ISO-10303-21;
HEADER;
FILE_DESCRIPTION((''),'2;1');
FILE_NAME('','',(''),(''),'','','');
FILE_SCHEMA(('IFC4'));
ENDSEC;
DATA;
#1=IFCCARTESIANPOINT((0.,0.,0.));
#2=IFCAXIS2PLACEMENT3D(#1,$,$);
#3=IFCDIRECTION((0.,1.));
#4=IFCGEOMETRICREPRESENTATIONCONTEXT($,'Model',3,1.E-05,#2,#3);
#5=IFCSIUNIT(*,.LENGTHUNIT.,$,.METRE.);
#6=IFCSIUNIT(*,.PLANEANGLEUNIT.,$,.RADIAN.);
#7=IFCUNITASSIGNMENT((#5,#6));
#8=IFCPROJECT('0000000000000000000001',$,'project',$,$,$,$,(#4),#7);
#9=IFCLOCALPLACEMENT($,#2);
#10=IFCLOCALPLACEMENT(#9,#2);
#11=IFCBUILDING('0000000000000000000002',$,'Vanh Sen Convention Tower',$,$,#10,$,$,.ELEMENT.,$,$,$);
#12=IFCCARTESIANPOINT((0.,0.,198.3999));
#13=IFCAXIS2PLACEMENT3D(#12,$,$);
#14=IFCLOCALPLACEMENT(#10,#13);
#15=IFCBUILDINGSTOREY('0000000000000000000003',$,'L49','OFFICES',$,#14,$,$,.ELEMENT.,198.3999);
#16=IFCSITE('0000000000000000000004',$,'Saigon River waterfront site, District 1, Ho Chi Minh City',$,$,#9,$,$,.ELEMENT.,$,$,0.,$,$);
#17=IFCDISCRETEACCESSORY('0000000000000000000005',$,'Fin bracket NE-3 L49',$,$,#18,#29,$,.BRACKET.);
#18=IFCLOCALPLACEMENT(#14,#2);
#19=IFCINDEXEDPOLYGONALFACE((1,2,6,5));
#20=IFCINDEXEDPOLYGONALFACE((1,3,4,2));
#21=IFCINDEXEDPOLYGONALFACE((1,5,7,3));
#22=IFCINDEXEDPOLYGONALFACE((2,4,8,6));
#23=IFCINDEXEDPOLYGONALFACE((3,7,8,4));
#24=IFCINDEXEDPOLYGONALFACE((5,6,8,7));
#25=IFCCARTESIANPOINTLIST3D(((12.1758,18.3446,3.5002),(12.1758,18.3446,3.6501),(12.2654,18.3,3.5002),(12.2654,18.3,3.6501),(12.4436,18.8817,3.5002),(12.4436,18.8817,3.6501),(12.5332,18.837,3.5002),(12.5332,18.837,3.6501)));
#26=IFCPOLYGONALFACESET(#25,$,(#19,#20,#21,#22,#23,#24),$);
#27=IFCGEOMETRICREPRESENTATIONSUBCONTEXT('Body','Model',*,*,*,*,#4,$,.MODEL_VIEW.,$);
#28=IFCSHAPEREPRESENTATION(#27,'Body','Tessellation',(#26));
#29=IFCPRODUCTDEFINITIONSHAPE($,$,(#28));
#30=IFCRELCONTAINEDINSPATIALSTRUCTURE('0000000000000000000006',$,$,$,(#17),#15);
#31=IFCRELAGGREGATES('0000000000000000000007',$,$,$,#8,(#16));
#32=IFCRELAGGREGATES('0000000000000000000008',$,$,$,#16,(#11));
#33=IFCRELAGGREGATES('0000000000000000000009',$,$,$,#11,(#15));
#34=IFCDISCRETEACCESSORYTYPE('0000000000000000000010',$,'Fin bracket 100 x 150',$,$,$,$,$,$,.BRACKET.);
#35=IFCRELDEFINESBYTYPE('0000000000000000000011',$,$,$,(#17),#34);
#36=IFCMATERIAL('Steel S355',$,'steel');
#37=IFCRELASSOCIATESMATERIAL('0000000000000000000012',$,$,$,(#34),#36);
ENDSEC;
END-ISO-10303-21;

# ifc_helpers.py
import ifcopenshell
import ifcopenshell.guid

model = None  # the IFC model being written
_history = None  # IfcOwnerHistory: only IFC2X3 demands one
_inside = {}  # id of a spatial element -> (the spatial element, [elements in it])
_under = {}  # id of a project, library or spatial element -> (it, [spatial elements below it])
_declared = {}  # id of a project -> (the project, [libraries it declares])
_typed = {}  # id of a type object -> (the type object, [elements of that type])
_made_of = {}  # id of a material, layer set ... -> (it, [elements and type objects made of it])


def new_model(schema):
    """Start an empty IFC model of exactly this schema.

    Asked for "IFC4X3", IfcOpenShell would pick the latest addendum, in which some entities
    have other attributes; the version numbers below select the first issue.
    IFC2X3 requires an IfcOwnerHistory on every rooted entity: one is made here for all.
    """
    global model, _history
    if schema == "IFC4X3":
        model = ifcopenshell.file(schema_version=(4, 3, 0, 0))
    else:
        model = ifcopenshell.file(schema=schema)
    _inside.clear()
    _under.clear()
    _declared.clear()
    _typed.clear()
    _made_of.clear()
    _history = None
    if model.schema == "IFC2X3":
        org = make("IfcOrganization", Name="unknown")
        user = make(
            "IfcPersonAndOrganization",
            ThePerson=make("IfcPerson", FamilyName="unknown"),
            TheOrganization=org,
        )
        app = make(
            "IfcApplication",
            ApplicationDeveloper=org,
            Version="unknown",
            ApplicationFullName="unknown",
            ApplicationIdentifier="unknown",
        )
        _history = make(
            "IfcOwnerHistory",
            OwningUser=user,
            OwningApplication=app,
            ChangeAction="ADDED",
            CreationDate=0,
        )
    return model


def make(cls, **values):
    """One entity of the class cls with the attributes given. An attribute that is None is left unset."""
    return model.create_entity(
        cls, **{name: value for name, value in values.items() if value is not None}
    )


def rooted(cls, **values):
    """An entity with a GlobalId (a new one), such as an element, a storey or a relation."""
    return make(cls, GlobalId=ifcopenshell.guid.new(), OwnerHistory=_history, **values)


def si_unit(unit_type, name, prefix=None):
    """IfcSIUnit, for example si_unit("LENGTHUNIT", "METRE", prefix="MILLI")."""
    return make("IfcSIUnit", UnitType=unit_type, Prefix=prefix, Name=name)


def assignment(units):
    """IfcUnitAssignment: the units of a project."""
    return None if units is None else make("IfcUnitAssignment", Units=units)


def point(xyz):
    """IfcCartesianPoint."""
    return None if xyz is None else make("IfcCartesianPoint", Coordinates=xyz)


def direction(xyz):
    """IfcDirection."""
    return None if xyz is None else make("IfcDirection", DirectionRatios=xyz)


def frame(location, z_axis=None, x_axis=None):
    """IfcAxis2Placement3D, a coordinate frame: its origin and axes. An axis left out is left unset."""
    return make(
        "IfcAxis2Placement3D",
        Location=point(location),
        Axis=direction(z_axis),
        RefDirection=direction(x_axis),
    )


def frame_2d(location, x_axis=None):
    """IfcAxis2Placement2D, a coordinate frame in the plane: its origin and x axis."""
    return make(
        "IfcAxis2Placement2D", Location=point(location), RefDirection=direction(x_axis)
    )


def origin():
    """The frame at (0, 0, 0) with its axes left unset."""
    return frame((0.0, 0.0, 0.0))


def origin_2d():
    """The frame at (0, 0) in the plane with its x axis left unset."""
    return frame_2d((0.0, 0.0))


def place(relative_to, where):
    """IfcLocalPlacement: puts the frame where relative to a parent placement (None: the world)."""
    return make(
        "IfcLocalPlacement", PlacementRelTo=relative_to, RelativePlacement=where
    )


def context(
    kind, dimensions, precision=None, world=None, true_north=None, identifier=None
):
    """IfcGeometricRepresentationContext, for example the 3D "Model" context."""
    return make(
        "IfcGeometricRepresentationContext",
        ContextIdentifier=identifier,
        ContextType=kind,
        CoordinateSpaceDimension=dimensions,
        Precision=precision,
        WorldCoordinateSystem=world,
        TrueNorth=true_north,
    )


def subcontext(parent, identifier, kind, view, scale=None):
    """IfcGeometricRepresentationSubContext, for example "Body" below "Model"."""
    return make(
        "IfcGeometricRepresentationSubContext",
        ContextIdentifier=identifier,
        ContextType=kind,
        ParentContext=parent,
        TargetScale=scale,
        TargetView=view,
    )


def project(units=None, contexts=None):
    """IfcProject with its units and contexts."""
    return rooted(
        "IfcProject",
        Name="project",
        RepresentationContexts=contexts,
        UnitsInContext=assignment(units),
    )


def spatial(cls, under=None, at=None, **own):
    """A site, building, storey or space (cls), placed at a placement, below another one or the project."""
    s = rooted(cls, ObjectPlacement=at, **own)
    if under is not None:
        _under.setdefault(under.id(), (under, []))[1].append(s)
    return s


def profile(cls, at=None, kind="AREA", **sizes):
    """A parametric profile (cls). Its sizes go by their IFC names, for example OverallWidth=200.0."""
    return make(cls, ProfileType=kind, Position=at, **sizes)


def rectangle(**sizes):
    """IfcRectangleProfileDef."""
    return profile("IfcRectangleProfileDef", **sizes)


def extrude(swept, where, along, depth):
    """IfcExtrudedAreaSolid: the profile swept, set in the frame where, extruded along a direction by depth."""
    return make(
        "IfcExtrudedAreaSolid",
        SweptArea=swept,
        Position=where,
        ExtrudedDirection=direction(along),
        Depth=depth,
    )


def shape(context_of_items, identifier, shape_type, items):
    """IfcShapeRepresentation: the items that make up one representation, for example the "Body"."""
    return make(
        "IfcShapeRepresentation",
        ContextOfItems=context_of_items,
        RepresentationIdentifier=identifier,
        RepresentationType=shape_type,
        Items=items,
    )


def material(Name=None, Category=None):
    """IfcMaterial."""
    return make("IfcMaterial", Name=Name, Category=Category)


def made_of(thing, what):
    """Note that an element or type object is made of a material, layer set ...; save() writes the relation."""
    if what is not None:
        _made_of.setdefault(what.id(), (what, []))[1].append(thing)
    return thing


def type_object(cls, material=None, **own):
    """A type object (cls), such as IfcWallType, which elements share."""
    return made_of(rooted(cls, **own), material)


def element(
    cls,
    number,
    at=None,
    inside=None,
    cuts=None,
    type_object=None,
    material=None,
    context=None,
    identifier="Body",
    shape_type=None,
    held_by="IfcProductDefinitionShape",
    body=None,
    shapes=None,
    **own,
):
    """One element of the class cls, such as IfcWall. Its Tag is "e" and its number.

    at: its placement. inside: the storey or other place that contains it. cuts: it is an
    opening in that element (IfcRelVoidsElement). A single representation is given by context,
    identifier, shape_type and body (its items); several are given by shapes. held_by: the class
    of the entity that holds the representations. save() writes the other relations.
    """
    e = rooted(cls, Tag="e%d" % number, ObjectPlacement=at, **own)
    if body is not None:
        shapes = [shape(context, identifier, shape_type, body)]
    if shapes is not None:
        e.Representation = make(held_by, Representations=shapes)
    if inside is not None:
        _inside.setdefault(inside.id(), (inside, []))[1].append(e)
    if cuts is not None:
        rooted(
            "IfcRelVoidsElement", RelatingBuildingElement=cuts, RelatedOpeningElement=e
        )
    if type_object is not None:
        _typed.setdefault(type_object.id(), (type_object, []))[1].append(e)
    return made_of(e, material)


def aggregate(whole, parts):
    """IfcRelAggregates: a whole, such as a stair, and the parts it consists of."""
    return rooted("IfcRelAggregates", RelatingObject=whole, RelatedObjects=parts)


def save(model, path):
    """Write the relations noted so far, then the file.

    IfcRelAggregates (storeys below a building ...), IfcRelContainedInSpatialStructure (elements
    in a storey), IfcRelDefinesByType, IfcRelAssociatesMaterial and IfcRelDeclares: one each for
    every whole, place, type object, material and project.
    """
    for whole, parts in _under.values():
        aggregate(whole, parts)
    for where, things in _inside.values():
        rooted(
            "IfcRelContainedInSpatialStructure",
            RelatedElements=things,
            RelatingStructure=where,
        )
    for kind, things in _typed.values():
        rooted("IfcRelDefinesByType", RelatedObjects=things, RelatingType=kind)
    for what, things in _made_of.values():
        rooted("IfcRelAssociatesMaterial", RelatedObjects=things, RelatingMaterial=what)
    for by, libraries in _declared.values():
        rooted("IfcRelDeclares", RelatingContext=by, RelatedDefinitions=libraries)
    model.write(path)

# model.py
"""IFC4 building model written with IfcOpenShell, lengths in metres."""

from ifc_helpers import new_model, si_unit, direction, frame, origin, origin_2d, place, context, subcontext, project, spatial, rectangle, extrude, material, type_object, element, save


model = new_model("IFC4")

# Units and contexts
model_context = context("Model", 3, precision=1e-05, world=origin(), true_north=direction((0.0, 1.0)))
body_context = subcontext(model_context, "Body", "Model", "MODEL_VIEW")
ifc_project = project(units=[si_unit("LENGTHUNIT", "METRE"), si_unit("PLANEANGLEUNIT", "RADIAN")], contexts=[model_context])

# Site, building, storey
site_placement = place(None, origin())
site = spatial("IfcSite", under=ifc_project, at=site_placement, Name="Saigon River waterfront site, District 1, Ho Chi Minh City", CompositionType="ELEMENT", RefElevation=0.0)
building_placement = place(site_placement, origin())
building = spatial("IfcBuilding", under=site, at=building_placement, Name="Vanh Sen Convention Tower", CompositionType="ELEMENT")
storey_placement = place(building_placement, frame((0.0, 0.0, 198.3999)))
storey = spatial("IfcBuildingStorey", under=building, at=storey_placement, Name="L49", Description="OFFICES", CompositionType="ELEMENT", Elevation=198.3999)

# Discrete accessory
ifc_material_1 = material(Name="Steel S355", Category="steel")
discrete_accessory_type = type_object("IfcDiscreteAccessoryType", Name="Fin bracket 100 x 150", PredefinedType="BRACKET", material=ifc_material_1)
for number, where, z_axis, x_axis, name in (
    (1, (12.3545, 18.5908, 3.5002), (0.0, 0.0, 1.0), (0.446198, 0.894934, 0.0), "Fin bracket NE-3 L49"),
):
    element("IfcDiscreteAccessory", number, at=place(storey_placement, frame(where, z_axis=z_axis, x_axis=x_axis)), inside=storey, type_object=discrete_accessory_type, Name=name, PredefinedType="BRACKET", context=body_context, shape_type="SweptSolid", body=[
        extrude(rectangle(XDim=0.6001, YDim=0.1001, at=origin_2d()), origin(), (0.0, 0.0, 1.0), 0.1499),
    ])

save(model, "model.ifc")
